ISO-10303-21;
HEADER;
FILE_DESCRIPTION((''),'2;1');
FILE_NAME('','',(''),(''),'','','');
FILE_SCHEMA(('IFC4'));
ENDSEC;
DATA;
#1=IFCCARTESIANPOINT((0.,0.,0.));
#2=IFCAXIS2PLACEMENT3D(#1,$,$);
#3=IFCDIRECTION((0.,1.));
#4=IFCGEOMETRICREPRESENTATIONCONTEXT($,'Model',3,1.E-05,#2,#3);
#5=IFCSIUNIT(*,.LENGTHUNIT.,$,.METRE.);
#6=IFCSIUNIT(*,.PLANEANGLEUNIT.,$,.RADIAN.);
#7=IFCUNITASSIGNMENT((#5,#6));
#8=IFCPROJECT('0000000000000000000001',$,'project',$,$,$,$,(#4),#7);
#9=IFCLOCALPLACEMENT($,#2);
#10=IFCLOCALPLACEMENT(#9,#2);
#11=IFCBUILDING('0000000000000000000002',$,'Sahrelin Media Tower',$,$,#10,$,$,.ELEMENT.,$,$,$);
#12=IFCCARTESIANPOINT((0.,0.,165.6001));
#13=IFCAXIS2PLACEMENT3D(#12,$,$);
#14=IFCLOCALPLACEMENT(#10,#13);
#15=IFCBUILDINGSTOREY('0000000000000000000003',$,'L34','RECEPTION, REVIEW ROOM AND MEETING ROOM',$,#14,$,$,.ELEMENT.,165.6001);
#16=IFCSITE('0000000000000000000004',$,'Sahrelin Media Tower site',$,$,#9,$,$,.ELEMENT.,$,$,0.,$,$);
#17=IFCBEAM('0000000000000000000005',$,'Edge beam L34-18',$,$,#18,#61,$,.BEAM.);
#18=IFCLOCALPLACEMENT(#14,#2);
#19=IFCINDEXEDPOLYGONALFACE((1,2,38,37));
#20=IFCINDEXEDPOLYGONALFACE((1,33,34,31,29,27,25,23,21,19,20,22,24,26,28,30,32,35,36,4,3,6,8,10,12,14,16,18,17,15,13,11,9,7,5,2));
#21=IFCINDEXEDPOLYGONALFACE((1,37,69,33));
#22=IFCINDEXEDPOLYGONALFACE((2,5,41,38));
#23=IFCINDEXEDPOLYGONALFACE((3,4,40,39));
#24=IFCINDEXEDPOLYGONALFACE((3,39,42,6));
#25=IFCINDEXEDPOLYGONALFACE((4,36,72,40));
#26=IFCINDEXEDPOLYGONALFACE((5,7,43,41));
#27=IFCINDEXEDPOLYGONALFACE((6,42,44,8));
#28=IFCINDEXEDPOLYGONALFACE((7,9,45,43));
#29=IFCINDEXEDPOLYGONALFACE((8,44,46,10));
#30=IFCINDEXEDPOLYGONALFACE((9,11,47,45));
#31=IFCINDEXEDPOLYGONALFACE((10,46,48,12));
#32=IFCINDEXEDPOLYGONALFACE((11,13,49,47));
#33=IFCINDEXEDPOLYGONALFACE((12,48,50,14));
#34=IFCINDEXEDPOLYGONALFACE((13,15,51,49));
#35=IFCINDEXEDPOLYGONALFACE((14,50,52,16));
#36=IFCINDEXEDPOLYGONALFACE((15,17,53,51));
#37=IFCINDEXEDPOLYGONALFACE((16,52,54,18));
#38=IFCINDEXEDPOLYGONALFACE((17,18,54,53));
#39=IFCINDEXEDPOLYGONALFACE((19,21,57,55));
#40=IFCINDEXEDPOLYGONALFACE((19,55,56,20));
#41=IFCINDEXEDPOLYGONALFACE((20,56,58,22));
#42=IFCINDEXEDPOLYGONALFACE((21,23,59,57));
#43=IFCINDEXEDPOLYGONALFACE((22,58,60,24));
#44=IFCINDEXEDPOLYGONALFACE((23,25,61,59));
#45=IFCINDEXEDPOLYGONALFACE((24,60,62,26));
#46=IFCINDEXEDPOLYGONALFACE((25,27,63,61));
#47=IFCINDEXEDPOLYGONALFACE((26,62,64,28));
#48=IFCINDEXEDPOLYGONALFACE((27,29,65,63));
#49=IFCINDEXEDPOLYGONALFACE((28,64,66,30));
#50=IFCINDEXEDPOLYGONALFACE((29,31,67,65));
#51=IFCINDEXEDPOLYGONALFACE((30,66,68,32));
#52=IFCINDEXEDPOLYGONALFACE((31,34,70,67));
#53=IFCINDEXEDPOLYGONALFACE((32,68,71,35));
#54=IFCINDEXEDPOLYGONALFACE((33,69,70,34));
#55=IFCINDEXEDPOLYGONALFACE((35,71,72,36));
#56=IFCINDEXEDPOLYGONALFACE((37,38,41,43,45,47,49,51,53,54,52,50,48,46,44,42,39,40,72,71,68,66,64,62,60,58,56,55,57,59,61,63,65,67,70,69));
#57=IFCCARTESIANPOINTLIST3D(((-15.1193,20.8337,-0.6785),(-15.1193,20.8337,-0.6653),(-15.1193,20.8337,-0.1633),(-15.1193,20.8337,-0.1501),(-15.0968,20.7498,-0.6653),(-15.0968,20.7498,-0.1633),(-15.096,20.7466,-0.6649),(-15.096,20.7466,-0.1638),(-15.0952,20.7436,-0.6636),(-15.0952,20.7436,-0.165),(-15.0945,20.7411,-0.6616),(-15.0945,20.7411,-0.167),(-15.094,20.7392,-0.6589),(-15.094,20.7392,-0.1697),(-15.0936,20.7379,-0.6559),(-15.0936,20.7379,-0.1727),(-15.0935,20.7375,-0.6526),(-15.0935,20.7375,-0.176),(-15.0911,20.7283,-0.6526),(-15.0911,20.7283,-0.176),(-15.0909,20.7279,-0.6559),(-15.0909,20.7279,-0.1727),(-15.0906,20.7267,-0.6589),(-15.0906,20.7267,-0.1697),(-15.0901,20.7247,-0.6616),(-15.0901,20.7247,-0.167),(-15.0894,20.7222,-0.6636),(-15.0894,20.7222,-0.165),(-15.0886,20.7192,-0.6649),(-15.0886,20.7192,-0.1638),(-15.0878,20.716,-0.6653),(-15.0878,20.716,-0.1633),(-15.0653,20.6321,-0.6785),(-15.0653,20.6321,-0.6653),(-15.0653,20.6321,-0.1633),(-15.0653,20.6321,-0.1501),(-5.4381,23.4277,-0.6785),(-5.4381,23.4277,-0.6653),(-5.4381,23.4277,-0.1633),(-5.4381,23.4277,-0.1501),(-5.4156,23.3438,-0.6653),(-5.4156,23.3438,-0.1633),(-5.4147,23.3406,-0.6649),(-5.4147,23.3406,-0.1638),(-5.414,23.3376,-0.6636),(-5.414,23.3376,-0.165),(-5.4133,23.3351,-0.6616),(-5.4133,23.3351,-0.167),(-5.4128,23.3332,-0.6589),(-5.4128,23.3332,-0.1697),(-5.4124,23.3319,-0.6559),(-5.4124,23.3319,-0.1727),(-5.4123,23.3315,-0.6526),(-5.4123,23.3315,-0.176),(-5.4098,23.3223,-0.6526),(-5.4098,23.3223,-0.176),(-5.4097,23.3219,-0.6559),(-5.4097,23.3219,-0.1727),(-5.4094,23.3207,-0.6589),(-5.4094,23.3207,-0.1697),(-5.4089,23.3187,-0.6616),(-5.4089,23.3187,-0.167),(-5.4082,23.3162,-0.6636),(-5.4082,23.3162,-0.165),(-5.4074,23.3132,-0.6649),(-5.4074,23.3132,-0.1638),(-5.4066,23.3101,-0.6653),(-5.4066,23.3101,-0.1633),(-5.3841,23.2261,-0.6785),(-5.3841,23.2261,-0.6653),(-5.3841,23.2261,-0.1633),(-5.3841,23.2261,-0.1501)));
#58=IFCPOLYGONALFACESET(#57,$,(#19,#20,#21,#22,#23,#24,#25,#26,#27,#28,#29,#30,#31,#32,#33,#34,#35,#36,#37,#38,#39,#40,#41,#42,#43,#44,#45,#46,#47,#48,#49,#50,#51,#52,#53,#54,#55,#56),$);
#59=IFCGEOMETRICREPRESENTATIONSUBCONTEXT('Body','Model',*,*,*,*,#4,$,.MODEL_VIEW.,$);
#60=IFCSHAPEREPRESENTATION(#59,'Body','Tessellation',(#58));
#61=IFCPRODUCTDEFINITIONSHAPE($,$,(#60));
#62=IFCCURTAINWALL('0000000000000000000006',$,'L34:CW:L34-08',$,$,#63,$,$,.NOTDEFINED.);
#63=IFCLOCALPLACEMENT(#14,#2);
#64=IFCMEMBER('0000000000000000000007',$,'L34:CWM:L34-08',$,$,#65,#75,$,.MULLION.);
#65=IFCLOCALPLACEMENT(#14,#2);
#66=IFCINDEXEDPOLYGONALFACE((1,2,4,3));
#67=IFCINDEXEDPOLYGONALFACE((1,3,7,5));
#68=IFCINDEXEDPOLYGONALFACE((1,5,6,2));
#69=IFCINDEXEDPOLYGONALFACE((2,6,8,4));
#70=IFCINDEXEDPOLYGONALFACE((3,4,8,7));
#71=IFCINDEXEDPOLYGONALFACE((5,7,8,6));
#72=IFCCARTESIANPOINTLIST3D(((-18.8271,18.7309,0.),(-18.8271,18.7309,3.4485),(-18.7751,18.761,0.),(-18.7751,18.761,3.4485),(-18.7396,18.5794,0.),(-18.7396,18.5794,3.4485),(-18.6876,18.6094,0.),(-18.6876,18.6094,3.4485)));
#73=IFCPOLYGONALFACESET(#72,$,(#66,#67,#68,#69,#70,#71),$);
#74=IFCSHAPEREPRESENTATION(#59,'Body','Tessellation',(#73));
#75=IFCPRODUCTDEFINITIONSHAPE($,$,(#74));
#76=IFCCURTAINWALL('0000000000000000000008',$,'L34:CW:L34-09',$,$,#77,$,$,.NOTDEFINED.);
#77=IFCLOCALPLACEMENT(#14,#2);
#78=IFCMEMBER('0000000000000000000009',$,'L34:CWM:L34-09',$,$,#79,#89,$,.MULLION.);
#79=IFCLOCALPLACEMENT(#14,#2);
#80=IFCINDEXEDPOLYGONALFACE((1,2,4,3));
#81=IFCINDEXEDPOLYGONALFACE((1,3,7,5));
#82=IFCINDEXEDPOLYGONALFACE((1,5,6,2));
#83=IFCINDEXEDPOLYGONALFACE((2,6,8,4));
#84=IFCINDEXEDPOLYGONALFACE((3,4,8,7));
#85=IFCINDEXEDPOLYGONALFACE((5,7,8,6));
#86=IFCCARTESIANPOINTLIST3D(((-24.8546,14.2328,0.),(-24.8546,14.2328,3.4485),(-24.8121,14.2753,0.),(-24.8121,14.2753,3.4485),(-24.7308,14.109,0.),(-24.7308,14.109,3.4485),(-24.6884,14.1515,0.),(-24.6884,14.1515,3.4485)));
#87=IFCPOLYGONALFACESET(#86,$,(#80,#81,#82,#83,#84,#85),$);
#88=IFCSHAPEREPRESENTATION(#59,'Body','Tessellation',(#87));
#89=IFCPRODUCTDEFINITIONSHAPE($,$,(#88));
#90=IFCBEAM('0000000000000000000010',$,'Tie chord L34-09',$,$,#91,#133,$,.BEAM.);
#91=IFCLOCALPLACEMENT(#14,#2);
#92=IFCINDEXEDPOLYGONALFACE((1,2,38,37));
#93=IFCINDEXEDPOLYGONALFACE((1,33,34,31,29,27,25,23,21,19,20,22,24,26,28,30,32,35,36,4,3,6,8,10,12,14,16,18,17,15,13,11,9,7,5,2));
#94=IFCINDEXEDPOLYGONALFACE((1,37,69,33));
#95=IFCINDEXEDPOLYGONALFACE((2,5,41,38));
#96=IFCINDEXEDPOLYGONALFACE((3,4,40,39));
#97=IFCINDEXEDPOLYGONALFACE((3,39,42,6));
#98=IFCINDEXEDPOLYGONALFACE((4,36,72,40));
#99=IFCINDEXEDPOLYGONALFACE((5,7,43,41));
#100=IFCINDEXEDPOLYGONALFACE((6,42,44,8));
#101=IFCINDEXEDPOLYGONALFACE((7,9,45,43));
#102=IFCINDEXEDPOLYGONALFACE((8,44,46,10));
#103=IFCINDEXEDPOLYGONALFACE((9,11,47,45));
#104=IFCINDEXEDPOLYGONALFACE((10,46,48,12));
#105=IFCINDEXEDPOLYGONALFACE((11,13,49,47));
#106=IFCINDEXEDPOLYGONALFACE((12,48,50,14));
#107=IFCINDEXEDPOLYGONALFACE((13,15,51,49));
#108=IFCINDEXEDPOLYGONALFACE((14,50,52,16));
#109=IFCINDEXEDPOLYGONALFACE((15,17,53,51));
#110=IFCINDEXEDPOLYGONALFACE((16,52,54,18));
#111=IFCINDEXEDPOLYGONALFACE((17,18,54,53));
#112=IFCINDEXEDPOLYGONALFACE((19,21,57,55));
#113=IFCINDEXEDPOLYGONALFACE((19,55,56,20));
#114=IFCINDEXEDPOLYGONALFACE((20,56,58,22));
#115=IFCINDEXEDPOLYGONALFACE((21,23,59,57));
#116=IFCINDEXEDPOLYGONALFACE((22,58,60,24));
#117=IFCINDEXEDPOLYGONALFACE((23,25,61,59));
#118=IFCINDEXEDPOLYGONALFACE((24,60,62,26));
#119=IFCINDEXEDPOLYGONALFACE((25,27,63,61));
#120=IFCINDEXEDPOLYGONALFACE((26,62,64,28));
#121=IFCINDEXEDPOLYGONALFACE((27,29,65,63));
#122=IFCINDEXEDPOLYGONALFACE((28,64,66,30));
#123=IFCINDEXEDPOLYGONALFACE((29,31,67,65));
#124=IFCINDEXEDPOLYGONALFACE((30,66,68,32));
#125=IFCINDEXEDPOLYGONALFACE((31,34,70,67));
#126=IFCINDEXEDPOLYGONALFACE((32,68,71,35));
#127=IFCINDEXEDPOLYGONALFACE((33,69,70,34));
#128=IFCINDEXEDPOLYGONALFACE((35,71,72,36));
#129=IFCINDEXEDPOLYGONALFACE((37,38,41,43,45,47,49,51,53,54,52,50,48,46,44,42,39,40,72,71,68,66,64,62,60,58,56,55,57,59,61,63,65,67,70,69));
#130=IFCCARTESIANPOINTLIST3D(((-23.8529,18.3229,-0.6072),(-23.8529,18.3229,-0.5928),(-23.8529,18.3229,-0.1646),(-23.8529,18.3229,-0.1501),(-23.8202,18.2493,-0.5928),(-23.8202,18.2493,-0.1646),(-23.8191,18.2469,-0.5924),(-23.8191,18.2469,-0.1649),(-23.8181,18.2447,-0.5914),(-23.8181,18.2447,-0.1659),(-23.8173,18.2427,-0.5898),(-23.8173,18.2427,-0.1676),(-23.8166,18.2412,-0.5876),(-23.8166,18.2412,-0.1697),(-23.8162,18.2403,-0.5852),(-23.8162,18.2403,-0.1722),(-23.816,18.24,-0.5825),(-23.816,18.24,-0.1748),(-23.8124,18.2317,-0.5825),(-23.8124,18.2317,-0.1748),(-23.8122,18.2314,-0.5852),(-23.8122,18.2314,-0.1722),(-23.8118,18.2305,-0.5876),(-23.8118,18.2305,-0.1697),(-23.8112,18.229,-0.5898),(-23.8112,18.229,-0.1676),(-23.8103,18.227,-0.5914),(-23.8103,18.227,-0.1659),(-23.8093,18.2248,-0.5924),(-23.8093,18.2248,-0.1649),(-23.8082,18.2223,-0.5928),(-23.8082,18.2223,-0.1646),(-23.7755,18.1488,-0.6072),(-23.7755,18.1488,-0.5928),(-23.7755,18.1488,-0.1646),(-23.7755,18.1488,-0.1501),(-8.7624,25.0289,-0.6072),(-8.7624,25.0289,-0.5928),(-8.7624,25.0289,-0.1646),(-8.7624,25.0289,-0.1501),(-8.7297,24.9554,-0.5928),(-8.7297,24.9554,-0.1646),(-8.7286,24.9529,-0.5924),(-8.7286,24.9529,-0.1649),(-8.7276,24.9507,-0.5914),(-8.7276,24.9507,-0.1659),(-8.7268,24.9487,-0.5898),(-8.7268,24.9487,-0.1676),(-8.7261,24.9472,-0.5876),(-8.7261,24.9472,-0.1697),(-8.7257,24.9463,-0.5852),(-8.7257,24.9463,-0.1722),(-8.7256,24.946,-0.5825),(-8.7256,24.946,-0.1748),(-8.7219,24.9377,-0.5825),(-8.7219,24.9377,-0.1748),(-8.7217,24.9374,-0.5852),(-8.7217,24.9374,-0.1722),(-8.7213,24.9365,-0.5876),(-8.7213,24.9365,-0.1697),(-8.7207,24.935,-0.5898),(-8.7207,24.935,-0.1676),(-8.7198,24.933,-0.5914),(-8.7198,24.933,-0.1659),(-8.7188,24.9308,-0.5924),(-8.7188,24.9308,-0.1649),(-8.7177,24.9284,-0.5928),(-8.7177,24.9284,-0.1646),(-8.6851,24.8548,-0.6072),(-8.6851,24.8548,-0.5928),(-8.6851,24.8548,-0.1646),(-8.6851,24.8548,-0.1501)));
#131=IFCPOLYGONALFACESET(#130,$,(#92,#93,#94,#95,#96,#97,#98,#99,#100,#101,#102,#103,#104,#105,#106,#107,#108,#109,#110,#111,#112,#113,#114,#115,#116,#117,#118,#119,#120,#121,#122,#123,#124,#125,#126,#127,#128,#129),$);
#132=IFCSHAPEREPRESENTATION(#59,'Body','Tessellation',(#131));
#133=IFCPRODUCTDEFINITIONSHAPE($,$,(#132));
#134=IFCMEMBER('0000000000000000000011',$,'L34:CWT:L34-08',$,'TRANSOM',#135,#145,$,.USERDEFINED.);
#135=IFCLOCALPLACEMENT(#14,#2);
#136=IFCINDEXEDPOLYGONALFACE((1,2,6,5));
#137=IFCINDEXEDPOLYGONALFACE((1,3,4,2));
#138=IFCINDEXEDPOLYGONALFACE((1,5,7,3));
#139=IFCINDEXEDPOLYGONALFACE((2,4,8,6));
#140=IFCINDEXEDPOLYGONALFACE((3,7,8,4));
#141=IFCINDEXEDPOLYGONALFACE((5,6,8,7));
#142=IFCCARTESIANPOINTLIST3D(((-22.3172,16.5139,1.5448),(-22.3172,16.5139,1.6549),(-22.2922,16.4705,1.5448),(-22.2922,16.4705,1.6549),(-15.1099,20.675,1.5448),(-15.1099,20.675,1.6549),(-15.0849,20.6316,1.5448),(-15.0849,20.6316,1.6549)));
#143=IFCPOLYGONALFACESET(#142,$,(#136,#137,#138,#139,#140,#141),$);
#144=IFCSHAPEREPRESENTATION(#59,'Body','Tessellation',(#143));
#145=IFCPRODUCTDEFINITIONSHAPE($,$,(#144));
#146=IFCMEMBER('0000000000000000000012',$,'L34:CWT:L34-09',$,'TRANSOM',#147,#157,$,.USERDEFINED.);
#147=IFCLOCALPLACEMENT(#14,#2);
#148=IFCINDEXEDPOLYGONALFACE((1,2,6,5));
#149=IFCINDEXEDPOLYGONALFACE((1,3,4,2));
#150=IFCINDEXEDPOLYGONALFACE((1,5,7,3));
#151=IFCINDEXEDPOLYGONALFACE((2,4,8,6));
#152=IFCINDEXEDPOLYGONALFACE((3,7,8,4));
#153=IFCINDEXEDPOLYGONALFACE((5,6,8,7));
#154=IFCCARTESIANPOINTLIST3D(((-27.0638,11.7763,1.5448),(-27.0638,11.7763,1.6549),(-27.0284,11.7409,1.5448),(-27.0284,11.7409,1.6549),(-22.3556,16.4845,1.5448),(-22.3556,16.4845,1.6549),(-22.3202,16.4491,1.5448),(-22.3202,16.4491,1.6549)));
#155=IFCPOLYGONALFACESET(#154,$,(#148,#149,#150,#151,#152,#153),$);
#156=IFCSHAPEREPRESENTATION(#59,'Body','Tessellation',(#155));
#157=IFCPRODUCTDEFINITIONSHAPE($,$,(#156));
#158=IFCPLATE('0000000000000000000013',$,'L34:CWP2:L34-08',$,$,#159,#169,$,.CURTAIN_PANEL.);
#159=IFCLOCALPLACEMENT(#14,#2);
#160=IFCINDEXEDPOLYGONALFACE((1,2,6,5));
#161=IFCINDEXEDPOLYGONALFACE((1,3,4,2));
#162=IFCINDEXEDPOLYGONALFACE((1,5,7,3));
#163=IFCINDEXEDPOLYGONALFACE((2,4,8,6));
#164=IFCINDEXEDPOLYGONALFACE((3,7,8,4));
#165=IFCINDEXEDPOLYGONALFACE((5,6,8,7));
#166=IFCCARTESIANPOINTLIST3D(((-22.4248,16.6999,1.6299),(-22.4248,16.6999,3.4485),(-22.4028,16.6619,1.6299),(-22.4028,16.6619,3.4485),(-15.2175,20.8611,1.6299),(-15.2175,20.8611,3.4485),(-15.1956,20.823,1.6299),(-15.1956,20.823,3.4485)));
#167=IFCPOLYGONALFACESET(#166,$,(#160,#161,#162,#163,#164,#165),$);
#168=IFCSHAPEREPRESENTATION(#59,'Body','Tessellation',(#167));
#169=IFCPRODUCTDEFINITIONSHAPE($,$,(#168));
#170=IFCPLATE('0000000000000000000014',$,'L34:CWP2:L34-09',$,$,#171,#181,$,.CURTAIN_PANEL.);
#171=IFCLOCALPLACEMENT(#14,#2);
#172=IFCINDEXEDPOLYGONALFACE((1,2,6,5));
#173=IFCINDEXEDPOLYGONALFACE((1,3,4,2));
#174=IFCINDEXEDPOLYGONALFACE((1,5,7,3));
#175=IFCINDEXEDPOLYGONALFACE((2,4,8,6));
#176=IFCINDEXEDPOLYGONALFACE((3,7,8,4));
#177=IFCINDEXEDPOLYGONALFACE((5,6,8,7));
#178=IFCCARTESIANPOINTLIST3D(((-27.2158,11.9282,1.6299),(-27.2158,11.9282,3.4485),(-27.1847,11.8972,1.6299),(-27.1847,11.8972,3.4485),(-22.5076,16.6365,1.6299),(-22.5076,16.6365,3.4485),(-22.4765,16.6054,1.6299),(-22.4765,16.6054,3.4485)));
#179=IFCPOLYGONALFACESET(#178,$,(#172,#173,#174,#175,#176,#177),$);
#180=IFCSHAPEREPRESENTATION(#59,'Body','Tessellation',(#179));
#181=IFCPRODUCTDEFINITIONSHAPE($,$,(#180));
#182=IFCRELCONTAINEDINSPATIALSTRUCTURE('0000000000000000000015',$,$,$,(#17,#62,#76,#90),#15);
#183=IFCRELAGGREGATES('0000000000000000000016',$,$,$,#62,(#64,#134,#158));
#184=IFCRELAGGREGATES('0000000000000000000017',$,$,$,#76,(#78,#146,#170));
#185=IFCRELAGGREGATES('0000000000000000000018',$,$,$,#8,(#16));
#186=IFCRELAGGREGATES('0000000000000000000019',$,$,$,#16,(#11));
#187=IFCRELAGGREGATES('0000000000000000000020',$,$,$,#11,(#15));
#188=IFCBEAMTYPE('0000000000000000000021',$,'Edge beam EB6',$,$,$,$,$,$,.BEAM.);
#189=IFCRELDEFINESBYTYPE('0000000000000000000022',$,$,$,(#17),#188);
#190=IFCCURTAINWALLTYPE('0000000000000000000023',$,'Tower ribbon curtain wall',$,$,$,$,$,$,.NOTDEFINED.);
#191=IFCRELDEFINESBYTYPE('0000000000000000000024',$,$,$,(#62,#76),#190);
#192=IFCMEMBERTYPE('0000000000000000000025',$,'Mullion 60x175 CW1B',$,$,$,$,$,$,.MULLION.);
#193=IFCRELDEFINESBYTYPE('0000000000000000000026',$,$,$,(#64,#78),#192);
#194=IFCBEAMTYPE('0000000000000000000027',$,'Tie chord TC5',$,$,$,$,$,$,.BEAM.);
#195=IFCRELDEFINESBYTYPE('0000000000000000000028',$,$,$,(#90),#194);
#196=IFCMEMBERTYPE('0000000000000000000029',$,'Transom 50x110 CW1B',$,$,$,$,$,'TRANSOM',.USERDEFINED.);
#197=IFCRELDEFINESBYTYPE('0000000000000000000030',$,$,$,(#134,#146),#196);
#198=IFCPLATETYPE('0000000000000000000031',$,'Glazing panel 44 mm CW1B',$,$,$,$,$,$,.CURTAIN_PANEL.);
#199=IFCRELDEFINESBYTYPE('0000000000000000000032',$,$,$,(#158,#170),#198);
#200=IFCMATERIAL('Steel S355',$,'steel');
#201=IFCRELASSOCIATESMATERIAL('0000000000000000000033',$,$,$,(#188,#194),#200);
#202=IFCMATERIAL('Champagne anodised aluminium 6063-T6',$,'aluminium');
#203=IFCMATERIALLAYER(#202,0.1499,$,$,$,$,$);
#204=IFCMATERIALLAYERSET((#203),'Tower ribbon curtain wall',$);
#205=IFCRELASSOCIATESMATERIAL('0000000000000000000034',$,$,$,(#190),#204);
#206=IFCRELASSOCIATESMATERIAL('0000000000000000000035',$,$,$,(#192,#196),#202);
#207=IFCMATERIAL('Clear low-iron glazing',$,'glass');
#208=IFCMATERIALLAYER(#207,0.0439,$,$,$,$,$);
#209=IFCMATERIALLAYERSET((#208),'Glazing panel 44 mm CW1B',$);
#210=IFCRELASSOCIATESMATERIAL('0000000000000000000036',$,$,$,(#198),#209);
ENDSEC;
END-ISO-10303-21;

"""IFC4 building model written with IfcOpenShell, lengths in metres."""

from ifc_helpers import new_model, si_unit, direction, frame, origin, origin_2d, place, context, subcontext, project, spatial, polyline, rectangle, i_section, outline, extrude, material, layer, layer_set, material_profile, profile_set, type_object, element, aggregate, save


model = new_model("IFC4")

# Units and contexts
model_context = context("Model", 3, precision=1e-05, world=origin(), true_north=direction((0.0, 1.0)))
body_context = subcontext(model_context, "Body", "Model", "MODEL_VIEW")
ifc_project = project(units=[si_unit("LENGTHUNIT", "METRE"), si_unit("PLANEANGLEUNIT", "RADIAN")], contexts=[model_context])

# Site, building, storey
site_placement = place(None, origin())
site = spatial("IfcSite", under=ifc_project, at=site_placement, Name="Sahrelin Media Tower site", CompositionType="ELEMENT", RefElevation=0.0)
building_placement = place(site_placement, origin())
building = spatial("IfcBuilding", under=site, at=building_placement, Name="Sahrelin Media Tower", CompositionType="ELEMENT")
storey_placement = place(building_placement, frame((0.0, 0.0, 165.6001)))
storey = spatial("IfcBuildingStorey", under=building, at=storey_placement, Name="L34", Description="RECEPTION, REVIEW ROOM AND MEETING ROOM", CompositionType="ELEMENT", Elevation=165.6001)

# Beam
ifc_material_1 = material(Name="Steel S355", Category="steel")
ifc_material_profile_1 = material_profile(ifc_material_1, i_section(OverallWidth=0.2087, OverallDepth=0.5283, WebThickness=0.0095, FlangeThickness=0.0132, FilletRadius=0.0127, at=origin_2d()), Name="UB 533x210x82")
ifc_profile_set_1 = profile_set([ifc_material_profile_1], Name="Steel S355")
beam_type_1 = type_object("IfcBeamType", Name="Edge beam EB6", PredefinedType="BEAM", material=ifc_profile_set_1)
beam_1_placement = place(storey_placement, frame((-15.0923, 20.7329, -0.4143), z_axis=(0.965927, 0.258813, 0.0), x_axis=(-0.258813, 0.965927, 0.0)))
element("IfcBeam", 1, at=beam_1_placement, inside=storey, type_object=beam_type_1, Name="Edge beam L34-18", PredefinedType="BEAM", context=body_context, shape_type="SweptSolid", body=[
    extrude(i_section(OverallWidth=0.2087, OverallDepth=0.5283, WebThickness=0.0095, FlangeThickness=0.0132, FilletRadius=0.0127, at=origin_2d()), origin(), (0.0, 0.0, 1.0), 10.0227),
])

# Curtain walls, members
ifc_material_2 = material(Name="Champagne anodised aluminium 6063-T6", Category="aluminium")
ifc_layer_1 = layer(ifc_material_2, 0.1499)
ifc_layer_set_1 = layer_set([ifc_layer_1], Name="Tower ribbon curtain wall")
curtain_wall_type = type_object("IfcCurtainWallType", Name="Tower ribbon curtain wall", PredefinedType="NOTDEFINED", material=ifc_layer_set_1)
curtain_wall_1_placement = place(storey_placement, frame((-18.811, 18.7632, 0.0), z_axis=(0.0, 0.0, 1.0), x_axis=(1.0, 0.0, 0.0)))
curtain_wall_1 = element("IfcCurtainWall", 2, at=curtain_wall_1_placement, inside=storey, type_object=curtain_wall_type, Name="L34:CW:L34-08", PredefinedType="NOTDEFINED")
ifc_material_profile_2 = material_profile(ifc_material_2, rectangle(XDim=0.0601, YDim=0.175, at=origin_2d()), Name="Mullion 60x175")
ifc_profile_set_2 = profile_set([ifc_material_profile_2], Name="Champagne anodised aluminium 6063-T6")
member_type_1 = type_object("IfcMemberType", Name="Mullion 60x175 CW1B", PredefinedType="MULLION", material=ifc_profile_set_2)
member_1_placement = place(storey_placement, frame((-18.7573, 18.6702, 0.0), z_axis=(0.0, 0.0, 1.0), x_axis=(-0.866027, -0.499997, 0.0)))
member_1 = element("IfcMember", 3, at=member_1_placement, type_object=member_type_1, Name="L34:CWM:L34-08", PredefinedType="MULLION", context=body_context, shape_type="SweptSolid", body=[
    extrude(rectangle(XDim=0.0601, YDim=0.175, at=origin_2d()), origin(), (0.0, 0.0, 1.0), 3.4485),
])
curtain_wall_2_placement = place(storey_placement, frame((-24.8477, 14.2683, 0.0), z_axis=(0.0, 0.0, 1.0), x_axis=(1.0, 0.0, 0.0)))
curtain_wall_2 = element("IfcCurtainWall", 4, at=curtain_wall_2_placement, inside=storey, type_object=curtain_wall_type, Name="L34:CW:L34-09", PredefinedType="NOTDEFINED")
member_2_placement = place(storey_placement, frame((-24.7715, 14.1921, 0.0), z_axis=(0.0, 0.0, 1.0), x_axis=(-0.707099, -0.707114, 0.0)))
member_2 = element("IfcMember", 5, at=member_2_placement, type_object=member_type_1, Name="L34:CWM:L34-09", PredefinedType="MULLION", context=body_context, shape_type="SweptSolid", body=[
    extrude(rectangle(XDim=0.0601, YDim=0.175, at=origin_2d()), origin(), (0.0, 0.0, 1.0), 3.4485),
])

# Beam
ifc_material_profile_3 = material_profile(ifc_material_1, i_section(OverallWidth=0.1904, OverallDepth=0.457, WebThickness=0.009, FlangeThickness=0.0144, FilletRadius=0.0103, at=origin_2d()), Name="UB 457x191x74")
ifc_profile_set_3 = profile_set([ifc_material_profile_3], Name="Steel S355")
beam_type_2 = type_object("IfcBeamType", Name="Tie chord TC5", PredefinedType="BEAM", material=ifc_profile_set_3)
beam_2_placement = place(storey_placement, frame((-23.8142, 18.2358, -0.3787), z_axis=(0.913831, 0.406095, 0.0), x_axis=(-0.406095, 0.913831, 0.0)))
element("IfcBeam", 6, at=beam_2_placement, inside=storey, type_object=beam_type_2, Name="Tie chord L34-09", PredefinedType="BEAM", context=body_context, shape_type="SweptSolid", body=[
    extrude(i_section(OverallWidth=0.1904, OverallDepth=0.457, WebThickness=0.009, FlangeThickness=0.0144, FilletRadius=0.0103, at=origin_2d()), origin(), (0.0, 0.0, 1.0), 16.5134),
])

# Members
ifc_material_profile_4 = material_profile(ifc_material_2, rectangle(XDim=0.05, YDim=0.1101, at=origin_2d()), Name="Transom 50x110")
ifc_profile_set_4 = profile_set([ifc_material_profile_4], Name="Champagne anodised aluminium 6063-T6")
member_type_2 = type_object("IfcMemberType", Name="Transom 50x110 CW1B", ElementType="TRANSOM", PredefinedType="USERDEFINED", material=ifc_profile_set_4)
member_3_placement = place(storey_placement, frame((-15.0974, 20.6533, 1.5999), z_axis=(-0.866025, -0.500001, 0.0), x_axis=(0.500001, -0.866025, 0.0)))
member_3 = element("IfcMember", 7, at=member_3_placement, type_object=member_type_2, Name="L34:CWT:L34-08", ObjectType="TRANSOM", PredefinedType="USERDEFINED", context=body_context, shape_type="SweptSolid", body=[
    extrude(rectangle(XDim=0.05, YDim=0.1101, at=origin_2d()), origin(), (0.0, 0.0, 1.0), 8.3223),
])
member_4_placement = place(storey_placement, frame((-22.3379, 16.4668, 1.5999), z_axis=(-0.707107, -0.707107, 0.0), x_axis=(0.707107, -0.707107, 0.0)))
member_4 = element("IfcMember", 8, at=member_4_placement, type_object=member_type_2, Name="L34:CWT:L34-09", ObjectType="TRANSOM", PredefinedType="USERDEFINED", context=body_context, shape_type="SweptSolid", body=[
    extrude(rectangle(XDim=0.05, YDim=0.1101, at=origin_2d()), origin(), (0.0, 0.0, 1.0), 6.6584),
])

# Plates
ifc_material_3 = material(Name="Clear low-iron glazing", Category="glass")
ifc_layer_2 = layer(ifc_material_3, 0.0439)
ifc_layer_set_2 = layer_set([ifc_layer_2], Name="Glazing panel 44 mm CW1B")
plate_type_1 = type_object("IfcPlateType", Name="Glazing panel 44 mm CW1B", PredefinedType="CURTAIN_PANEL", material=ifc_layer_set_2)
plate_1_placement = place(storey_placement, frame((-15.2175, 20.8611, 1.6299), z_axis=(-0.500001, 0.866025, 0.0), x_axis=(-0.866025, -0.500001, 0.0)))
plate_1 = element("IfcPlate", 9, at=plate_1_placement, type_object=plate_type_1, Name="L34:CWP2:L34-08", PredefinedType="CURTAIN_PANEL", context=body_context, shape_type="SweptSolid", body=[
    extrude(outline(polyline([(0.0, 0.0), (8.3223, 0.0), (8.3223, 1.8186), (0.0, 1.8186), (0.0, 0.0)])), origin(), (0.0, 0.0, -1.0), 0.0439),
])
plate_2_placement = place(storey_placement, frame((-22.5076, 16.6365, 1.6299), z_axis=(-0.707107, 0.707107, 0.0), x_axis=(-0.707107, -0.707107, 0.0)))
plate_2 = element("IfcPlate", 10, at=plate_2_placement, type_object=plate_type_1, Name="L34:CWP2:L34-09", PredefinedType="CURTAIN_PANEL", context=body_context, shape_type="SweptSolid", body=[
    extrude(outline(polyline([(0.0, 0.0), (6.6584, 0.0), (6.6584, 1.8186), (0.0, 1.8186), (0.0, 0.0)])), origin(), (0.0, 0.0, -1.0), 0.0439),
])

aggregate(curtain_wall_1, [member_1, member_3, plate_1])
aggregate(curtain_wall_2, [member_2, member_4, plate_2])

save(model, "model.ifc")
